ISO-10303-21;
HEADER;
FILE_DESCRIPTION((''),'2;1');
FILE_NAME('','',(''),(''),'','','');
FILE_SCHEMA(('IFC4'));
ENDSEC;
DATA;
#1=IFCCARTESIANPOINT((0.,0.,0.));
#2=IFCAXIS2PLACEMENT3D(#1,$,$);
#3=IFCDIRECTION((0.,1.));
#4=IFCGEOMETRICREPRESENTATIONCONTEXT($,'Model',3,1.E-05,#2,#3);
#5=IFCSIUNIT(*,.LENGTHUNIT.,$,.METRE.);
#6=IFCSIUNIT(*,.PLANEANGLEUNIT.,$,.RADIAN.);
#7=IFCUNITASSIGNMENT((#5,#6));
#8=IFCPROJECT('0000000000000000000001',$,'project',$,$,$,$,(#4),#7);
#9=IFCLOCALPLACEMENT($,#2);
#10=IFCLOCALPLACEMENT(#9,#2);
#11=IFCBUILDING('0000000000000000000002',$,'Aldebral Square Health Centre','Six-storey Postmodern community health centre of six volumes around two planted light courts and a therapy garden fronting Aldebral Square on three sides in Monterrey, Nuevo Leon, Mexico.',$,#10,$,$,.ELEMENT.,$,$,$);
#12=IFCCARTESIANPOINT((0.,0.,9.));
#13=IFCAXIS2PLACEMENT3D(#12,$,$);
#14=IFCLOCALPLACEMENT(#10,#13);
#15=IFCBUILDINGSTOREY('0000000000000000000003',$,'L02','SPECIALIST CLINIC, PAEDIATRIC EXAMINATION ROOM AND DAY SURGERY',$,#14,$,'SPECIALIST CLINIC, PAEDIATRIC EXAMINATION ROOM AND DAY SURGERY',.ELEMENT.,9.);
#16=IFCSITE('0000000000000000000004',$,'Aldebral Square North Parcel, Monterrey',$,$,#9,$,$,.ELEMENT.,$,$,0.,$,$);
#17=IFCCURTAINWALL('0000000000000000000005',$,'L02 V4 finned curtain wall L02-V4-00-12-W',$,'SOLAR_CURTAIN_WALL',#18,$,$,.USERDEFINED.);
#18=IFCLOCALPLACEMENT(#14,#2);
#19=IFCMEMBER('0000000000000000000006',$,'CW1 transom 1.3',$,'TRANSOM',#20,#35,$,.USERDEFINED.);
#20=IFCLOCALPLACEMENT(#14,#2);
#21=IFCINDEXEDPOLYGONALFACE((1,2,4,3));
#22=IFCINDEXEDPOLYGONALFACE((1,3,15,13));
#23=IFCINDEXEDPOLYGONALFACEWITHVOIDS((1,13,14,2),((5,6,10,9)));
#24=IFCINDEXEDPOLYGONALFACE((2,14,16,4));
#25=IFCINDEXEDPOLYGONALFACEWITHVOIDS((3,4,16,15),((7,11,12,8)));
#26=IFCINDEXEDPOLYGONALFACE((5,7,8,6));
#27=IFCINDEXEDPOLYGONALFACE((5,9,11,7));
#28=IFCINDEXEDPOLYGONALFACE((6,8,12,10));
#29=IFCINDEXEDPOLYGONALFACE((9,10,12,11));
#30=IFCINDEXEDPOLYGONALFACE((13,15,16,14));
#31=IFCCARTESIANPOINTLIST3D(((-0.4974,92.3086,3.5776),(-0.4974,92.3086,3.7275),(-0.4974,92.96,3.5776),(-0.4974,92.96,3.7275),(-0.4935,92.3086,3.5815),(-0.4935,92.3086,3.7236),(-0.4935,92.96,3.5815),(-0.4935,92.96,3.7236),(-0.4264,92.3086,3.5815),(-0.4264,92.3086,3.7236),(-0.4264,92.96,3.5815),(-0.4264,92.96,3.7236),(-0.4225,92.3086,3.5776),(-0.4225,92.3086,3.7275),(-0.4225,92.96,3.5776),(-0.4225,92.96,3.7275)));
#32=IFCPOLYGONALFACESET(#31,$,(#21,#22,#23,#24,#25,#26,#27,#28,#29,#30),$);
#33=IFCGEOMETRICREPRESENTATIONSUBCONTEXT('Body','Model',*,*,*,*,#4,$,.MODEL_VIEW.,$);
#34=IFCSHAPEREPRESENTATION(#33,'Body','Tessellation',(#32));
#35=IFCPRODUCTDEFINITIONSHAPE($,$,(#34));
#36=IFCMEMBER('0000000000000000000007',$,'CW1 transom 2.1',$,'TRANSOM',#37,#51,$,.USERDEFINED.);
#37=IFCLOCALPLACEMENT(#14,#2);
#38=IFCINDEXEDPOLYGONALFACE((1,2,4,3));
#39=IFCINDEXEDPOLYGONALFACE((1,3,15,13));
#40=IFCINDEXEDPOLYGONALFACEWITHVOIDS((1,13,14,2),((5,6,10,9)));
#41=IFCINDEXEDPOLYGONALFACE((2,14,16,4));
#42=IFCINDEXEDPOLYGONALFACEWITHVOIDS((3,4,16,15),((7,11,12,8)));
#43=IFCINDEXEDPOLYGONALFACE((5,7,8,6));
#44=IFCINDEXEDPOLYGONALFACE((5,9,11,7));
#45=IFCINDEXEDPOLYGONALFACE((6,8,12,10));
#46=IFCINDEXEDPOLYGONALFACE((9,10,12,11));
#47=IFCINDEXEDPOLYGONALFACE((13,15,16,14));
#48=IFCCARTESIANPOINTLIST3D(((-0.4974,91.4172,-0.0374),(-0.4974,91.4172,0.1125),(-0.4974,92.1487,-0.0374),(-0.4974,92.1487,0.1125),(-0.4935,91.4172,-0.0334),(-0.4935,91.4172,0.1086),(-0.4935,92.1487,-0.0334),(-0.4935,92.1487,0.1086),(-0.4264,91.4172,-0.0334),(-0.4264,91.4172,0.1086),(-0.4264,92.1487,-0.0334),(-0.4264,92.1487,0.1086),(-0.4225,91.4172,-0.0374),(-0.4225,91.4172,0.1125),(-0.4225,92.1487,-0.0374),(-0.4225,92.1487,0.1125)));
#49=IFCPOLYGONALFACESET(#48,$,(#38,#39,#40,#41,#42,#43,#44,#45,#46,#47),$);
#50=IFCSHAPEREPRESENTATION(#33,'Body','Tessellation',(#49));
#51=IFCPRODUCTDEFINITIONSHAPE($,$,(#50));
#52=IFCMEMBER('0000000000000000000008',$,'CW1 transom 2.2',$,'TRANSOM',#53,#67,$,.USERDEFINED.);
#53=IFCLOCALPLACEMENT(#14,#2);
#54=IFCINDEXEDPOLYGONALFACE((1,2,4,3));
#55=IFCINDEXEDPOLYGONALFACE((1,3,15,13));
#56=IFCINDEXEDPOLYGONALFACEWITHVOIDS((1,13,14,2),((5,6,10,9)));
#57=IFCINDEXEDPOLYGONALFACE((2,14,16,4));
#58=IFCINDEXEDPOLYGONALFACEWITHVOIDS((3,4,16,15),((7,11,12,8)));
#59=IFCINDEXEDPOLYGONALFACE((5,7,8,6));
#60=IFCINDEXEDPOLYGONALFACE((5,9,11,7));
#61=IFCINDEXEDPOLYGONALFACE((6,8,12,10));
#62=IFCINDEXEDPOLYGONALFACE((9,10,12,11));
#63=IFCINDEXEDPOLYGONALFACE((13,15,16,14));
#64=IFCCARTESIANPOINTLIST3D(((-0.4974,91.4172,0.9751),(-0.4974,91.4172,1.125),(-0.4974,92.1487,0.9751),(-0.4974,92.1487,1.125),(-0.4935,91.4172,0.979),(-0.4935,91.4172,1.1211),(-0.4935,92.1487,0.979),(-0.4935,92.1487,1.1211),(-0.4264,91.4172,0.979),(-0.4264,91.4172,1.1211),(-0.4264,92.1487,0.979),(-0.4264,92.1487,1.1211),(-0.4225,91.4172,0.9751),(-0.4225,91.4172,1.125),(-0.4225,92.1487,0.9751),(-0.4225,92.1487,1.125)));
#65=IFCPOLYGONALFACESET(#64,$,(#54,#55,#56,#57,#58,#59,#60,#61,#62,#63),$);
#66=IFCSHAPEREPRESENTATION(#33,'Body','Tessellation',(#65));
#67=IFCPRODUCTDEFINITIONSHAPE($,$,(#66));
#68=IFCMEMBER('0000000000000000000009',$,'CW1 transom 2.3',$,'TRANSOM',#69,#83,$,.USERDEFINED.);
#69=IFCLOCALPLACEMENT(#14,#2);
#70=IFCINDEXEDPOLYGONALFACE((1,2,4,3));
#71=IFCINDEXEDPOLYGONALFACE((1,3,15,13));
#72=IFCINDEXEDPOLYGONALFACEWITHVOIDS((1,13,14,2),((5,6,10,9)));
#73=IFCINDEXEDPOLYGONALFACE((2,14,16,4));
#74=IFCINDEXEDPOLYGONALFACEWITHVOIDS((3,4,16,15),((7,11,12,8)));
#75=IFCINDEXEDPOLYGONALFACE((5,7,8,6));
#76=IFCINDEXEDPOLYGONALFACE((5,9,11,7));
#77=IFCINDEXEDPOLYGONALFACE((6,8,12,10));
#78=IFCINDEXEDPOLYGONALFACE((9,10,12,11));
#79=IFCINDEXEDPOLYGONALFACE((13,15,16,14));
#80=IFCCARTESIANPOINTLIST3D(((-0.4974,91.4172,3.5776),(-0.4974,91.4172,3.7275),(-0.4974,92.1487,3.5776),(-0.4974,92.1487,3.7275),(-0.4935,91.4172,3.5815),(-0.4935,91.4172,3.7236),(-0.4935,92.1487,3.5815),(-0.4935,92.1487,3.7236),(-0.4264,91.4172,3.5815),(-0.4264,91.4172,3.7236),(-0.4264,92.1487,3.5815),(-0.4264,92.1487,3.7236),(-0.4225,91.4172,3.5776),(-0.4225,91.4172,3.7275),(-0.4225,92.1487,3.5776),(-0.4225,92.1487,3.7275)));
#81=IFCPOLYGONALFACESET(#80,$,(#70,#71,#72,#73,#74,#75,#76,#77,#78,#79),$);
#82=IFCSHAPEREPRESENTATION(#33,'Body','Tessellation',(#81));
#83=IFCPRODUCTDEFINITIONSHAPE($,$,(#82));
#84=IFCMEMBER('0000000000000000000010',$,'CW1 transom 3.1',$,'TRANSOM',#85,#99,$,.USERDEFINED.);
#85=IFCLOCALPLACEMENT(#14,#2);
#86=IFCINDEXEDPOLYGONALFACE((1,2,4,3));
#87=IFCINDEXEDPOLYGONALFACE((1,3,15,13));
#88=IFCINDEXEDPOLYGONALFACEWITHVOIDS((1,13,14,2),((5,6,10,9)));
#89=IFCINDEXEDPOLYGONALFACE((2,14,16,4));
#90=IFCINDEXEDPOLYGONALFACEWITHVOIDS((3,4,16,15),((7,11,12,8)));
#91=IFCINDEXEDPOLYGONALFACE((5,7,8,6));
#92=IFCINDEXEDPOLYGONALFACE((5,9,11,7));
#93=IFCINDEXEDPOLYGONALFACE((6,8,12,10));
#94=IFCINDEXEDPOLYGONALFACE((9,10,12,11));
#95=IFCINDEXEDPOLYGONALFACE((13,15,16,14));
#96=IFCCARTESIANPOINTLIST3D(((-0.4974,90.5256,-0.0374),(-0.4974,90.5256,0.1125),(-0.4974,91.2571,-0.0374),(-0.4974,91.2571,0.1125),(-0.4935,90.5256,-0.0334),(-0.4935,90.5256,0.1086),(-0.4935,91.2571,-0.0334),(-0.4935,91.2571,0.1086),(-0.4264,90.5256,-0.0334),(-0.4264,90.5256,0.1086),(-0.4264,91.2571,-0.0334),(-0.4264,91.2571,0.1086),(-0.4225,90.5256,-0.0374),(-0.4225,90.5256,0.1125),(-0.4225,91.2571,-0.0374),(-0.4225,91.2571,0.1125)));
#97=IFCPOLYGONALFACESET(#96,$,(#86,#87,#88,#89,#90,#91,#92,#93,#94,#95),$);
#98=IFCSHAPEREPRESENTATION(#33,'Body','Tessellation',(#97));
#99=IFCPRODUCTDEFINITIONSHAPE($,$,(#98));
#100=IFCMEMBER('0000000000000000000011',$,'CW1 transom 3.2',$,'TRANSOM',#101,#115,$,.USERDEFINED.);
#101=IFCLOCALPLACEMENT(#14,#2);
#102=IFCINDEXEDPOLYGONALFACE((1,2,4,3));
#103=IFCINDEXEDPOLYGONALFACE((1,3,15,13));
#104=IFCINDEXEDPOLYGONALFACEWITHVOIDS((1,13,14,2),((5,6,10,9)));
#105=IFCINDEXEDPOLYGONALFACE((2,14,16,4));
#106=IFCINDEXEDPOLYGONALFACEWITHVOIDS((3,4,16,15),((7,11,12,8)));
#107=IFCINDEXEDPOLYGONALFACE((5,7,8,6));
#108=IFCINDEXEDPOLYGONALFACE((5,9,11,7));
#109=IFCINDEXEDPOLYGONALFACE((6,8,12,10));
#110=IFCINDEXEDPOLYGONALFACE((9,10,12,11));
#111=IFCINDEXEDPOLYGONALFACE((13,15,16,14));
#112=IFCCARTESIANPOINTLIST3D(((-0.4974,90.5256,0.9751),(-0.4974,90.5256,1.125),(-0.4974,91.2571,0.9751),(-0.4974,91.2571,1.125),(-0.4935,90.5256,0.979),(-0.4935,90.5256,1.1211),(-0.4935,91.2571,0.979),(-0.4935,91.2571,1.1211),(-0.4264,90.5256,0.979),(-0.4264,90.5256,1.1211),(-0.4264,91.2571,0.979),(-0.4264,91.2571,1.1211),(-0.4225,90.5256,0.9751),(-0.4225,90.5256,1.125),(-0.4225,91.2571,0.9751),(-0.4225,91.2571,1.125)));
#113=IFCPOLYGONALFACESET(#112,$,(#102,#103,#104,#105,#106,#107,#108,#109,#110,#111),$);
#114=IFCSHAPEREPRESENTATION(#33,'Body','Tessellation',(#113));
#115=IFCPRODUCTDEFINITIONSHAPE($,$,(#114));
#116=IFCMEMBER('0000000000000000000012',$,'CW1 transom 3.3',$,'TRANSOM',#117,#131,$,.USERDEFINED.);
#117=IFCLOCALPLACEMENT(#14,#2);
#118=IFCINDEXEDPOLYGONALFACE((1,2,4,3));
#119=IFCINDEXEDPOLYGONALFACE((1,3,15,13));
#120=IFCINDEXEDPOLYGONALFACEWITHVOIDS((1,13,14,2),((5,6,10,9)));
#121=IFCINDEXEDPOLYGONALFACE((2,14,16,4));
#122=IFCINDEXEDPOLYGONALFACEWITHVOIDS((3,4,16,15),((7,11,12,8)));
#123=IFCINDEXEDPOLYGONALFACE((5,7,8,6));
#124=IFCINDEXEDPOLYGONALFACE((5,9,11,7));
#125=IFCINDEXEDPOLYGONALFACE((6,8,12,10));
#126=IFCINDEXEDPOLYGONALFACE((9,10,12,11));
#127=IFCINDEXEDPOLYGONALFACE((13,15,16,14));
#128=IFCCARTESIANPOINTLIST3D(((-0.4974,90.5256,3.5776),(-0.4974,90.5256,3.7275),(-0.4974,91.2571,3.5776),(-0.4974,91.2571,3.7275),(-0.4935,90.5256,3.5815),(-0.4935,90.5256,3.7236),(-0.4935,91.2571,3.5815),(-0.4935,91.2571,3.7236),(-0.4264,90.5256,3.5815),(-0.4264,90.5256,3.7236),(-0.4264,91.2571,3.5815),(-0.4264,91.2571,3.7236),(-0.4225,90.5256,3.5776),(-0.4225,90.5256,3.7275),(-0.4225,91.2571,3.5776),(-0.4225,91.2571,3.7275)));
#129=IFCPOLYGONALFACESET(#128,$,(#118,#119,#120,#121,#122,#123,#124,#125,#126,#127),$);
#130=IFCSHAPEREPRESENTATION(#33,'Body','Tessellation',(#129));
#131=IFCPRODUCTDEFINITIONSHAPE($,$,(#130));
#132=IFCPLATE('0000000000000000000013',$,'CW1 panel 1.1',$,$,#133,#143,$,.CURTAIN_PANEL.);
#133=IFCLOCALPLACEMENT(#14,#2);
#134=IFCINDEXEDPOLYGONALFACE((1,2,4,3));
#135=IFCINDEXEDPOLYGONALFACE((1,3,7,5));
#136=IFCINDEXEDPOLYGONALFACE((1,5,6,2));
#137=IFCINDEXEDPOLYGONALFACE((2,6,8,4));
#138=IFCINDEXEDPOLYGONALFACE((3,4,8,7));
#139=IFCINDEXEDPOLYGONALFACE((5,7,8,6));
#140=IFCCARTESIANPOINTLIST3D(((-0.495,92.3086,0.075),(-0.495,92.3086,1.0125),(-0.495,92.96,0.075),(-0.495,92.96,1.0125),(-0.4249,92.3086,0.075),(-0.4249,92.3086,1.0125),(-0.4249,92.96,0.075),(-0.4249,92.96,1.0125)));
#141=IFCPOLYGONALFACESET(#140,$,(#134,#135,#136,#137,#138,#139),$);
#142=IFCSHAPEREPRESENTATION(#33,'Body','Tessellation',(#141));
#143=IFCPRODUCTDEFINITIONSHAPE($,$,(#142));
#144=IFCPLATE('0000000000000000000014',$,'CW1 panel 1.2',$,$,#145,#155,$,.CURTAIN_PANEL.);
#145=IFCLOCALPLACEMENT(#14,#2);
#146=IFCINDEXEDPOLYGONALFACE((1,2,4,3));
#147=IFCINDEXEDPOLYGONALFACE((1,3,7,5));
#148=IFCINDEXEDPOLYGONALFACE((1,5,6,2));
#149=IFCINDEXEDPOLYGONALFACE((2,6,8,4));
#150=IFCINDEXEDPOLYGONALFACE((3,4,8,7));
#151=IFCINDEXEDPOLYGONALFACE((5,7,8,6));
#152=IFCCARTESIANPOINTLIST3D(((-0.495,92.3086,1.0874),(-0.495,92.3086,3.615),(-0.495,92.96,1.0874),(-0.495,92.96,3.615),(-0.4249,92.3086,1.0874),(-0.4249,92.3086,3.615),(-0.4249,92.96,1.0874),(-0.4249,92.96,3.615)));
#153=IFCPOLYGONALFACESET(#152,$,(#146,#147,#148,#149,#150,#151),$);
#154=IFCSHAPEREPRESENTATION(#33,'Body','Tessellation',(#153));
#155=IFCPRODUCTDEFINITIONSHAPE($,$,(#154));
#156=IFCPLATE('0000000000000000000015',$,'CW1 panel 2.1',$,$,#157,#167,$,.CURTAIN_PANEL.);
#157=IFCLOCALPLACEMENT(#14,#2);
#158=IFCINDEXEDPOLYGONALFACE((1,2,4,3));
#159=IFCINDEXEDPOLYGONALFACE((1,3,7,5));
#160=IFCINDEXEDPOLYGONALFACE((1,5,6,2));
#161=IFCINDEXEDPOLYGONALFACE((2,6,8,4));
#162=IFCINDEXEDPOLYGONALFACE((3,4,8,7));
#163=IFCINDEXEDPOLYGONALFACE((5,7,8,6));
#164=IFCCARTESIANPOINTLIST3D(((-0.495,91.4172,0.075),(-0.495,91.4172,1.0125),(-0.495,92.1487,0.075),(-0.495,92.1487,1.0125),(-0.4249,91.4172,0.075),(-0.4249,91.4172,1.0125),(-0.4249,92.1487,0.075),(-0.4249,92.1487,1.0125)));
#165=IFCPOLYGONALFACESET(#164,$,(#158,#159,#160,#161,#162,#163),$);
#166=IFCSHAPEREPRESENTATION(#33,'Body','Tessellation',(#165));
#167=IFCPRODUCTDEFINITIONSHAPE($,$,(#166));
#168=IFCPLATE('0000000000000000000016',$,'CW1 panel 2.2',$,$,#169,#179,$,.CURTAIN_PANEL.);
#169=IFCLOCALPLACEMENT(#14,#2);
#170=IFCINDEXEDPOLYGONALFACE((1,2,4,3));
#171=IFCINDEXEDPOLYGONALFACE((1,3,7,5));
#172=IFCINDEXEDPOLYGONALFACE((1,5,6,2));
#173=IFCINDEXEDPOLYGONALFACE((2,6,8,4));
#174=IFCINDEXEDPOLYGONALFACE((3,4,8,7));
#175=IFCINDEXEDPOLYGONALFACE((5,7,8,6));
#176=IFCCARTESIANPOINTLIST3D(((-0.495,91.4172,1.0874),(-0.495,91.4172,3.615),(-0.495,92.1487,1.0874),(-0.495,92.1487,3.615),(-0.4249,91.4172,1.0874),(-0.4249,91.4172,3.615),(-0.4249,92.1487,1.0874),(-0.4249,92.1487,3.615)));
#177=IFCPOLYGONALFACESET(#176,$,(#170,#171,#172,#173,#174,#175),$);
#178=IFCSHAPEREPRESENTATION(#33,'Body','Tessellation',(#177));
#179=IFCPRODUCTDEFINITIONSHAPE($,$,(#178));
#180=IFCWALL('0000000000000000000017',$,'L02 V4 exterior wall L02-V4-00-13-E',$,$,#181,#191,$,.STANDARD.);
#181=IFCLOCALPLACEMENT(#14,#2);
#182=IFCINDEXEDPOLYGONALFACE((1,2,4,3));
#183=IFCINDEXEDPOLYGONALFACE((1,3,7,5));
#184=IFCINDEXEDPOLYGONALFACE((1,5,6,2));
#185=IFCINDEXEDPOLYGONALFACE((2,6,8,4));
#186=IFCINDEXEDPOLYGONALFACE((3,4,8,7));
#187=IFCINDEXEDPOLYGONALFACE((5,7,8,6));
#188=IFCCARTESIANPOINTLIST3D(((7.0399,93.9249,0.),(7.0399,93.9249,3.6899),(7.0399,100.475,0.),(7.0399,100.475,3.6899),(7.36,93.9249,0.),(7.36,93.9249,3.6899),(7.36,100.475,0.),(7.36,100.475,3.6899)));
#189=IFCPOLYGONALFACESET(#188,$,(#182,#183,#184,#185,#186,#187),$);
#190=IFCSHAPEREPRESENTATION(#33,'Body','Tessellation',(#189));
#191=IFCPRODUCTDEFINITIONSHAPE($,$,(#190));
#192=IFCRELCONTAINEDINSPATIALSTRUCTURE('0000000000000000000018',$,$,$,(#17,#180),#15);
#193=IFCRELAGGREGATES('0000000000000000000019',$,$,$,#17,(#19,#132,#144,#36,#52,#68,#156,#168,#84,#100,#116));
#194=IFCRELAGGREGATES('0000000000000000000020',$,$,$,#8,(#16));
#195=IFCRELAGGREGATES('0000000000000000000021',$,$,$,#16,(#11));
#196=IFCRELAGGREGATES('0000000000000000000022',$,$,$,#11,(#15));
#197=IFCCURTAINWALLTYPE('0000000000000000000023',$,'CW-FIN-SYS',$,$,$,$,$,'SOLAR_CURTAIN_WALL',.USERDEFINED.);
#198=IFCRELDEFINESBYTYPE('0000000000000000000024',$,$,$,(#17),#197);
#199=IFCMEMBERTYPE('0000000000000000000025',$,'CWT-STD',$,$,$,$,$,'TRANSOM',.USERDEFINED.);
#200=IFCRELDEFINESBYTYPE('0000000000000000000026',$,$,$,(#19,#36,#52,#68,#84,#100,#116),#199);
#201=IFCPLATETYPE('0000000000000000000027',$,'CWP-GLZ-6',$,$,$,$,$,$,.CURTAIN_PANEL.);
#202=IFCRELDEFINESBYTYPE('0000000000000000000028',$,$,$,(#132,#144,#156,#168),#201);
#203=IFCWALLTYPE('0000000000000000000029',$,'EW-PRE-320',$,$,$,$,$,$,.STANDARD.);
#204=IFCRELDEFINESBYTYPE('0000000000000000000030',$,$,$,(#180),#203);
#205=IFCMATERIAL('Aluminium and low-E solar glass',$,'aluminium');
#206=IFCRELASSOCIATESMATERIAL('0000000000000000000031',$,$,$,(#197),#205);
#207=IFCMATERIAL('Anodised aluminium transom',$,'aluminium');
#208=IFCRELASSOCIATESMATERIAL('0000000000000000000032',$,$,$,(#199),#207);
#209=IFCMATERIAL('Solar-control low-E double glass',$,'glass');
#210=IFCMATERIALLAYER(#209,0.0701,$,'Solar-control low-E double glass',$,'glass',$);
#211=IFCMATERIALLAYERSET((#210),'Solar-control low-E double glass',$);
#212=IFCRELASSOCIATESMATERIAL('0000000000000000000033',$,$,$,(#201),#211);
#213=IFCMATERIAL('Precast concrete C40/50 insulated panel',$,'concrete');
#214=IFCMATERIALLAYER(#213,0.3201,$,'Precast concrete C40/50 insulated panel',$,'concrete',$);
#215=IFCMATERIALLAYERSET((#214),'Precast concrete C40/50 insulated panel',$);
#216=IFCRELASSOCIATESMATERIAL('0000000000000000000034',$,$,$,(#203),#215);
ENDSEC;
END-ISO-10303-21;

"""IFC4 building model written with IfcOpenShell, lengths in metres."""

from ifc_helpers import new_model, si_unit, direction, frame, frame_2d, origin, origin_2d, place, context, subcontext, project, spatial, rectangle, hollow_rectangle, extrude, material, layer, layer_set, material_profile, profile_set, type_object, element, aggregate, save


model = new_model("IFC4")

# Units and contexts
model_context = context("Model", 3, precision=1e-05, world=origin(), true_north=direction((0.0, 1.0)))
body_context = subcontext(model_context, "Body", "Model", "MODEL_VIEW")
ifc_project = project(units=[si_unit("LENGTHUNIT", "METRE"), si_unit("PLANEANGLEUNIT", "RADIAN")], contexts=[model_context])

# Site, building, storey
site_placement = place(None, origin())
site = spatial("IfcSite", under=ifc_project, at=site_placement, Name="Aldebral Square North Parcel, Monterrey", CompositionType="ELEMENT", RefElevation=0.0)
building_placement = place(site_placement, origin())
building = spatial("IfcBuilding", under=site, at=building_placement, Name="Aldebral Square Health Centre", Description="Six-storey Postmodern community health centre of six volumes around two planted light courts and a therapy garden fronting Aldebral Square on three sides in Monterrey, Nuevo Leon, Mexico.", CompositionType="ELEMENT")
storey_placement = place(building_placement, frame((0.0, 0.0, 9.0)))
storey = spatial("IfcBuildingStorey", under=building, at=storey_placement, Name="L02", Description="SPECIALIST CLINIC, PAEDIATRIC EXAMINATION ROOM AND DAY SURGERY", LongName="SPECIALIST CLINIC, PAEDIATRIC EXAMINATION ROOM AND DAY SURGERY", CompositionType="ELEMENT", Elevation=9.0)

# Curtain wall, members, plates
ifc_material_1 = material(Name="Aluminium and low-E solar glass", Category="aluminium")
curtain_wall_type = type_object("IfcCurtainWallType", Name="CW-FIN-SYS", ElementType="SOLAR_CURTAIN_WALL", PredefinedType="USERDEFINED", material=ifc_material_1)
curtain_wall_placement = place(storey_placement, origin())
curtain_wall = element("IfcCurtainWall", 1, at=curtain_wall_placement, inside=storey, type_object=curtain_wall_type, Name="L02 V4 finned curtain wall L02-V4-00-12-W", ObjectType="SOLAR_CURTAIN_WALL", PredefinedType="USERDEFINED")
ifc_material_2 = material(Name="Anodised aluminium transom", Category="aluminium")
ifc_material_profile_1 = material_profile(ifc_material_2, hollow_rectangle(XDim=0.075, YDim=0.1499, WallThickness=0.0039, at=origin_2d()), Name="CWT 75x150x4")
ifc_profile_set_1 = profile_set([ifc_material_profile_1], Name="Anodised aluminium transom")
member_type_1 = type_object("IfcMemberType", Name="CWT-STD", ElementType="TRANSOM", PredefinedType="USERDEFINED", material=ifc_profile_set_1)
member_1_placement = place(storey_placement, frame((-0.46, 92.96, 3.6526), z_axis=(0.0, -1.0, 0.0), x_axis=(1.0, 0.0, 0.0)))
member_1 = element("IfcMember", 2, at=member_1_placement, type_object=member_type_1, Name="CW1 transom 1.3", ObjectType="TRANSOM", PredefinedType="USERDEFINED", context=body_context, shape_type="SweptSolid", body=[
    extrude(hollow_rectangle(XDim=0.075, YDim=0.1499, WallThickness=0.0039, at=origin_2d()), origin(), (0.0, 0.0, 1.0), 0.6514),
])
member_2_placement = place(storey_placement, frame((-0.46, 92.1487, 0.0376), z_axis=(0.0, -1.0, 0.0), x_axis=(1.0, 0.0, 0.0)))
member_2 = element("IfcMember", 3, at=member_2_placement, type_object=member_type_1, Name="CW1 transom 2.1", ObjectType="TRANSOM", PredefinedType="USERDEFINED", context=body_context, shape_type="SweptSolid", body=[
    extrude(hollow_rectangle(XDim=0.075, YDim=0.1499, WallThickness=0.0039, at=origin_2d()), origin(), (0.0, 0.0, 1.0), 0.7314),
])
member_3_placement = place(storey_placement, frame((-0.46, 92.1487, 1.05), z_axis=(0.0, -1.0, 0.0), x_axis=(1.0, 0.0, 0.0)))
member_3 = element("IfcMember", 4, at=member_3_placement, type_object=member_type_1, Name="CW1 transom 2.2", ObjectType="TRANSOM", PredefinedType="USERDEFINED", context=body_context, shape_type="SweptSolid", body=[
    extrude(hollow_rectangle(XDim=0.075, YDim=0.1499, WallThickness=0.0039, at=origin_2d()), origin(), (0.0, 0.0, 1.0), 0.7314),
])
member_4_placement = place(storey_placement, frame((-0.46, 92.1487, 3.6526), z_axis=(0.0, -1.0, 0.0), x_axis=(1.0, 0.0, 0.0)))
member_4 = element("IfcMember", 5, at=member_4_placement, type_object=member_type_1, Name="CW1 transom 2.3", ObjectType="TRANSOM", PredefinedType="USERDEFINED", context=body_context, shape_type="SweptSolid", body=[
    extrude(hollow_rectangle(XDim=0.075, YDim=0.1499, WallThickness=0.0039, at=origin_2d()), origin(), (0.0, 0.0, 1.0), 0.7314),
])
member_5_placement = place(storey_placement, frame((-0.46, 91.2571, 0.0376), z_axis=(0.0, -1.0, 0.0), x_axis=(1.0, 0.0, 0.0)))
member_5 = element("IfcMember", 6, at=member_5_placement, type_object=member_type_1, Name="CW1 transom 3.1", ObjectType="TRANSOM", PredefinedType="USERDEFINED", context=body_context, shape_type="SweptSolid", body=[
    extrude(hollow_rectangle(XDim=0.075, YDim=0.1499, WallThickness=0.0039, at=origin_2d()), origin(), (0.0, 0.0, 1.0), 0.7314),
])
member_6_placement = place(storey_placement, frame((-0.46, 91.2571, 1.05), z_axis=(0.0, -1.0, 0.0), x_axis=(1.0, 0.0, 0.0)))
member_6 = element("IfcMember", 7, at=member_6_placement, type_object=member_type_1, Name="CW1 transom 3.2", ObjectType="TRANSOM", PredefinedType="USERDEFINED", context=body_context, shape_type="SweptSolid", body=[
    extrude(hollow_rectangle(XDim=0.075, YDim=0.1499, WallThickness=0.0039, at=origin_2d()), origin(), (0.0, 0.0, 1.0), 0.7314),
])
member_7_placement = place(storey_placement, frame((-0.46, 91.2571, 3.6526), z_axis=(0.0, -1.0, 0.0), x_axis=(1.0, 0.0, 0.0)))
member_7 = element("IfcMember", 8, at=member_7_placement, type_object=member_type_1, Name="CW1 transom 3.3", ObjectType="TRANSOM", PredefinedType="USERDEFINED", context=body_context, shape_type="SweptSolid", body=[
    extrude(hollow_rectangle(XDim=0.075, YDim=0.1499, WallThickness=0.0039, at=origin_2d()), origin(), (0.0, 0.0, 1.0), 0.7314),
])
ifc_material_3 = material(Name="Solar-control low-E double glass", Category="glass")
ifc_layer_1 = layer(ifc_material_3, 0.0701, Name="Solar-control low-E double glass", Category="glass")
ifc_layer_set_1 = layer_set([ifc_layer_1], Name="Solar-control low-E double glass")
plate_type = type_object("IfcPlateType", Name="CWP-GLZ-6", PredefinedType="CURTAIN_PANEL", material=ifc_layer_set_1)
plate_1_placement = place(storey_placement, frame((-0.46, 92.6343, 0.075), z_axis=(0.0, 0.0, 1.0), x_axis=(0.0, -1.0, 0.0)))
plate_1 = element("IfcPlate", 9, at=plate_1_placement, type_object=plate_type, Name="CW1 panel 1.1", PredefinedType="CURTAIN_PANEL", context=body_context, shape_type="SweptSolid", body=[
    extrude(rectangle(XDim=0.6514, YDim=0.0701, at=origin_2d()), origin(), (0.0, 0.0, 1.0), 0.9375),
])
plate_2_placement = place(storey_placement, frame((-0.46, 92.6343, 1.0874), z_axis=(0.0, 0.0, 1.0), x_axis=(0.0, -1.0, 0.0)))
plate_2 = element("IfcPlate", 10, at=plate_2_placement, type_object=plate_type, Name="CW1 panel 1.2", PredefinedType="CURTAIN_PANEL", context=body_context, shape_type="SweptSolid", body=[
    extrude(rectangle(XDim=0.6514, YDim=0.0701, at=origin_2d()), origin(), (0.0, 0.0, 1.0), 2.5276),
])
plate_3_placement = place(storey_placement, frame((-0.46, 91.783, 0.075), z_axis=(0.0, 0.0, 1.0), x_axis=(0.0, -1.0, 0.0)))
plate_3 = element("IfcPlate", 11, at=plate_3_placement, type_object=plate_type, Name="CW1 panel 2.1", PredefinedType="CURTAIN_PANEL", context=body_context, shape_type="SweptSolid", body=[
    extrude(rectangle(XDim=0.7314, YDim=0.0701, at=origin_2d()), origin(), (0.0, 0.0, 1.0), 0.9375),
])
plate_4_placement = place(storey_placement, frame((-0.46, 91.783, 1.0874), z_axis=(0.0, 0.0, 1.0), x_axis=(0.0, -1.0, 0.0)))
plate_4 = element("IfcPlate", 12, at=plate_4_placement, type_object=plate_type, Name="CW1 panel 2.2", PredefinedType="CURTAIN_PANEL", context=body_context, shape_type="SweptSolid", body=[
    extrude(rectangle(XDim=0.7314, YDim=0.0701, at=origin_2d()), origin(), (0.0, 0.0, 1.0), 2.5276),
])
aggregate(curtain_wall, [member_1, plate_1, plate_2, member_2, member_3, member_4, plate_3, plate_4, member_5, member_6, member_7])

# Wall
ifc_material_4 = material(Name="Precast concrete C40/50 insulated panel", Category="concrete")
ifc_layer_2 = layer(ifc_material_4, 0.3201, Name="Precast concrete C40/50 insulated panel", Category="concrete")
ifc_layer_set_2 = layer_set([ifc_layer_2], Name="Precast concrete C40/50 insulated panel")
wall_type_1 = type_object("IfcWallType", Name="EW-PRE-320", PredefinedType="STANDARD", material=ifc_layer_set_2)
wall_1_placement = place(storey_placement, frame((7.2, 93.925, 0.0), z_axis=(0.0, 0.0, 1.0), x_axis=(0.0, 1.0, 0.0)))
element("IfcWall", 13, at=wall_1_placement, inside=storey, type_object=wall_type_1, Name="L02 V4 exterior wall L02-V4-00-13-E", PredefinedType="STANDARD", context=body_context, shape_type="SweptSolid", body=[
    extrude(rectangle(XDim=6.55, YDim=0.3201, at=frame_2d((3.2749, 0.0))), origin(), (0.0, 0.0, 1.0), 3.6899),
])

save(model, "model.ifc")
